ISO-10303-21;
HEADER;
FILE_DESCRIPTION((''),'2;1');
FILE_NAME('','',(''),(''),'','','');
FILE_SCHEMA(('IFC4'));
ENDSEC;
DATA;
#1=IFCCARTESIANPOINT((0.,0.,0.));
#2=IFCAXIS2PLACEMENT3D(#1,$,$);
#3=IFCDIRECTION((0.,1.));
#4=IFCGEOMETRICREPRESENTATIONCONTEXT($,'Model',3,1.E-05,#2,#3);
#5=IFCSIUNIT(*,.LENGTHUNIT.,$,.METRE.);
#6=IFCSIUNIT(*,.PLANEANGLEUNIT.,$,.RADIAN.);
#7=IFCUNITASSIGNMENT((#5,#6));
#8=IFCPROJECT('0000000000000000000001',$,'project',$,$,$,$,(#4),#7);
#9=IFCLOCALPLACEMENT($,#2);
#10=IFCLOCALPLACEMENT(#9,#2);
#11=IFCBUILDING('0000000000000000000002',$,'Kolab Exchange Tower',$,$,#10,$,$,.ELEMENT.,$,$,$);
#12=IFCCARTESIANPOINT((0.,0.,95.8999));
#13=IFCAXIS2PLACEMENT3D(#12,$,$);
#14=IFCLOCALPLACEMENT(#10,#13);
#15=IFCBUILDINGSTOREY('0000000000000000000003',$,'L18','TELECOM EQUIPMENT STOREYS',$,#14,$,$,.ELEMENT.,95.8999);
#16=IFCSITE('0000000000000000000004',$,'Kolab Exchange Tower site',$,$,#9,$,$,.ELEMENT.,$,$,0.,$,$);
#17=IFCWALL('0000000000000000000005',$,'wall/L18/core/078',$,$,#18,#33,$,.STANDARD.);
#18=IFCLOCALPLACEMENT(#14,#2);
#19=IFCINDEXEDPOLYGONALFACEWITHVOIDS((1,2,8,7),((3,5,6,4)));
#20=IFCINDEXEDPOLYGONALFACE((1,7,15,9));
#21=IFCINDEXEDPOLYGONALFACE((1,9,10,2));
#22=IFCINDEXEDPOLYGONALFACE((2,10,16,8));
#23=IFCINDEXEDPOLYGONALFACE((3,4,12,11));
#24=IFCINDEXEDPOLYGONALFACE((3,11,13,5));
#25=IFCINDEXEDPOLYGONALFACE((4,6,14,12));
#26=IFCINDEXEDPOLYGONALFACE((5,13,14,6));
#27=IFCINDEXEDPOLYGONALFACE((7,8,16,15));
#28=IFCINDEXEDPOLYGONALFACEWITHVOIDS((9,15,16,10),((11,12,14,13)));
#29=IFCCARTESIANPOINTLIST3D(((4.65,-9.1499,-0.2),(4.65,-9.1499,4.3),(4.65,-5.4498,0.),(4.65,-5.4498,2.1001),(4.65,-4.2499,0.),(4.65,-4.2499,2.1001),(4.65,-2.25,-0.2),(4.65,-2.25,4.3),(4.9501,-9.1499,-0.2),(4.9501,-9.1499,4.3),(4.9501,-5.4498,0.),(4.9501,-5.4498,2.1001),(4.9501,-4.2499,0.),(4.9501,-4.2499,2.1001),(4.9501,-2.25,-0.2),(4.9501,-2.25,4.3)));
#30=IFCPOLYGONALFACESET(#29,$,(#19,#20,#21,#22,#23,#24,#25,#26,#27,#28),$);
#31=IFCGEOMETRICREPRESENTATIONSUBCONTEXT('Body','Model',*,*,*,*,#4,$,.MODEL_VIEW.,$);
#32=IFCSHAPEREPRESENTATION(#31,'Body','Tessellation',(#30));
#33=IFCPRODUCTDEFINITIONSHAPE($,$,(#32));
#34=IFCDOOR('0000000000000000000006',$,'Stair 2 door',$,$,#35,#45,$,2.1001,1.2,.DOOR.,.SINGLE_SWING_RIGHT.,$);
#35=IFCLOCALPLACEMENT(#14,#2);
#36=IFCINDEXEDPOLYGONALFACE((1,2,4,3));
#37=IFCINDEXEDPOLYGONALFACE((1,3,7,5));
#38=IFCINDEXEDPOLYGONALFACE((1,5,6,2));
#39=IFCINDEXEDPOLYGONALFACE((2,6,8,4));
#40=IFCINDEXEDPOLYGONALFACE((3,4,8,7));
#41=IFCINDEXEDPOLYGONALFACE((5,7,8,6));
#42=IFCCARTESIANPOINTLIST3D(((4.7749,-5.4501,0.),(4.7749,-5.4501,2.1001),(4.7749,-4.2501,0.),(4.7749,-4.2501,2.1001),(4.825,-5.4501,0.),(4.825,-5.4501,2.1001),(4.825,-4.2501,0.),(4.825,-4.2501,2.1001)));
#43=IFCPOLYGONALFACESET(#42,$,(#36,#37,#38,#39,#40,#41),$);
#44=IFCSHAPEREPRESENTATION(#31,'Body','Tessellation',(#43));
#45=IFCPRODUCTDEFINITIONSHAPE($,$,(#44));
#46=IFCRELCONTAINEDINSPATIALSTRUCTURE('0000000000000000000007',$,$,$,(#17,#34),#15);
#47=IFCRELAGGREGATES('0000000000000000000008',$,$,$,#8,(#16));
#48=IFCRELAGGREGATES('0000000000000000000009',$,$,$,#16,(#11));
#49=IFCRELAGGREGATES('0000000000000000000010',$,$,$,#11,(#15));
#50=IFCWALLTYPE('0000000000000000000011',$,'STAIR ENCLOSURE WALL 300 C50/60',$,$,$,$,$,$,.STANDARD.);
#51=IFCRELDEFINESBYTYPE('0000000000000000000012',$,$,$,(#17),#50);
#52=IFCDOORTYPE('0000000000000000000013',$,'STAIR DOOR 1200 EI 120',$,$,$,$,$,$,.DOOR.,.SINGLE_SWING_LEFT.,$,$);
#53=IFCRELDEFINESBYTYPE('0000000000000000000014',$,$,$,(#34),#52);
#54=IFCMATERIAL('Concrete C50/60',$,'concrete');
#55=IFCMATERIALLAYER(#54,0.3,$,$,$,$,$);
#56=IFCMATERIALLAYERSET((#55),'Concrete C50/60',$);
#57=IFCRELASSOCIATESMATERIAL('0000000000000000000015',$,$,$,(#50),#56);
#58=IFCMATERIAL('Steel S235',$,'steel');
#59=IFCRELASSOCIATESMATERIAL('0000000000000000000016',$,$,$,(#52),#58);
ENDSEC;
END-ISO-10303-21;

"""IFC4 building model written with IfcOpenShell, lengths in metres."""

from ifc_helpers import new_model, si_unit, direction, frame, frame_2d, origin, place, context, subcontext, project, spatial, rectangle, extrude, material, layer, layer_set, type_object, element, fill, save


model = new_model("IFC4")

# Units and contexts
model_context = context("Model", 3, precision=1e-05, world=origin(), true_north=direction((0.0, 1.0)))
body_context = subcontext(model_context, "Body", "Model", "MODEL_VIEW")
ifc_project = project(units=[si_unit("LENGTHUNIT", "METRE"), si_unit("PLANEANGLEUNIT", "RADIAN")], contexts=[model_context])

# Site, building, storey
site_placement = place(None, origin())
site = spatial("IfcSite", under=ifc_project, at=site_placement, Name="Kolab Exchange Tower site", CompositionType="ELEMENT", RefElevation=0.0)
building_placement = place(site_placement, origin())
building = spatial("IfcBuilding", under=site, at=building_placement, Name="Kolab Exchange Tower", CompositionType="ELEMENT")
storey_placement = place(building_placement, frame((0.0, 0.0, 95.8999)))
storey = spatial("IfcBuildingStorey", under=building, at=storey_placement, Name="L18", Description="TELECOM EQUIPMENT STOREYS", CompositionType="ELEMENT", Elevation=95.8999)

# Shared definitions
ifc_material_1 = material(Name="Steel S235", Category="steel")

# Shared definitions
ifc_material_2 = material(Name="Concrete C50/60", Category="concrete")

# Shared definitions
ifc_layer_1 = layer(ifc_material_2, 0.3)
ifc_layer_set_1 = layer_set([ifc_layer_1], Name="Concrete C50/60")
wall_type_1 = type_object("IfcWallType", Name="STAIR ENCLOSURE WALL 300 C50/60", PredefinedType="STANDARD", material=ifc_layer_set_1)

# Wall, opening, door
wall_1_placement = place(storey_placement, frame((4.8, -9.1499, -0.2), z_axis=(0.0, 0.0, 1.0), x_axis=(0.0, 1.0, 0.0)))
wall_1 = element("IfcWall", 1, at=wall_1_placement, inside=storey, type_object=wall_type_1, Name="wall/L18/core/078", PredefinedType="STANDARD", context=body_context, shape_type="SweptSolid", body=[
    extrude(rectangle(XDim=6.8999, YDim=0.3, at=frame_2d((3.45, 0.0))), origin(), (0.0, 0.0, 1.0), 4.5),
])
opening_1_placement = place(wall_1_placement, frame((3.7, 0.0, 0.2)))
opening_1 = element("IfcOpeningElement", 2, at=opening_1_placement, cuts=wall_1, PredefinedType="OPENING", context=body_context, shape_type="SweptSolid", body=[
    extrude(rectangle(XDim=1.2, YDim=2.1001, at=frame_2d((0.6001, 1.05))), frame((0.0, 0.1602, 0.0), z_axis=(0.0, -1.0, 0.0), x_axis=(1.0, 0.0, 0.0)), (0.0, 0.0, 1.0), 0.3201),
])
door_type_1 = type_object("IfcDoorType", Name="STAIR DOOR 1200 EI 120", OperationType="SINGLE_SWING_LEFT", PredefinedType="DOOR", material=ifc_material_1)
door_1_placement = place(opening_1_placement, frame((1.2, 0.0, 0.0), z_axis=(0.0, 0.0, 1.0), x_axis=(-1.0, 0.0, 0.0)))
door_1 = element("IfcDoor", 3, at=door_1_placement, inside=storey, type_object=door_type_1, Name="Stair 2 door", OperationType="SINGLE_SWING_RIGHT", OverallHeight=2.1001, OverallWidth=1.2, PredefinedType="DOOR", context=body_context, shape_type="SweptSolid", body=[
    extrude(rectangle(XDim=1.2, YDim=2.1001, at=frame_2d((0.6001, 1.05))), frame((0.0, 0.0249, 0.0), z_axis=(0.0, -1.0, 0.0), x_axis=(1.0, 0.0, 0.0)), (0.0, 0.0, 1.0), 0.05),
])
fill(opening_1, door_1)

save(model, "model.ifc")
